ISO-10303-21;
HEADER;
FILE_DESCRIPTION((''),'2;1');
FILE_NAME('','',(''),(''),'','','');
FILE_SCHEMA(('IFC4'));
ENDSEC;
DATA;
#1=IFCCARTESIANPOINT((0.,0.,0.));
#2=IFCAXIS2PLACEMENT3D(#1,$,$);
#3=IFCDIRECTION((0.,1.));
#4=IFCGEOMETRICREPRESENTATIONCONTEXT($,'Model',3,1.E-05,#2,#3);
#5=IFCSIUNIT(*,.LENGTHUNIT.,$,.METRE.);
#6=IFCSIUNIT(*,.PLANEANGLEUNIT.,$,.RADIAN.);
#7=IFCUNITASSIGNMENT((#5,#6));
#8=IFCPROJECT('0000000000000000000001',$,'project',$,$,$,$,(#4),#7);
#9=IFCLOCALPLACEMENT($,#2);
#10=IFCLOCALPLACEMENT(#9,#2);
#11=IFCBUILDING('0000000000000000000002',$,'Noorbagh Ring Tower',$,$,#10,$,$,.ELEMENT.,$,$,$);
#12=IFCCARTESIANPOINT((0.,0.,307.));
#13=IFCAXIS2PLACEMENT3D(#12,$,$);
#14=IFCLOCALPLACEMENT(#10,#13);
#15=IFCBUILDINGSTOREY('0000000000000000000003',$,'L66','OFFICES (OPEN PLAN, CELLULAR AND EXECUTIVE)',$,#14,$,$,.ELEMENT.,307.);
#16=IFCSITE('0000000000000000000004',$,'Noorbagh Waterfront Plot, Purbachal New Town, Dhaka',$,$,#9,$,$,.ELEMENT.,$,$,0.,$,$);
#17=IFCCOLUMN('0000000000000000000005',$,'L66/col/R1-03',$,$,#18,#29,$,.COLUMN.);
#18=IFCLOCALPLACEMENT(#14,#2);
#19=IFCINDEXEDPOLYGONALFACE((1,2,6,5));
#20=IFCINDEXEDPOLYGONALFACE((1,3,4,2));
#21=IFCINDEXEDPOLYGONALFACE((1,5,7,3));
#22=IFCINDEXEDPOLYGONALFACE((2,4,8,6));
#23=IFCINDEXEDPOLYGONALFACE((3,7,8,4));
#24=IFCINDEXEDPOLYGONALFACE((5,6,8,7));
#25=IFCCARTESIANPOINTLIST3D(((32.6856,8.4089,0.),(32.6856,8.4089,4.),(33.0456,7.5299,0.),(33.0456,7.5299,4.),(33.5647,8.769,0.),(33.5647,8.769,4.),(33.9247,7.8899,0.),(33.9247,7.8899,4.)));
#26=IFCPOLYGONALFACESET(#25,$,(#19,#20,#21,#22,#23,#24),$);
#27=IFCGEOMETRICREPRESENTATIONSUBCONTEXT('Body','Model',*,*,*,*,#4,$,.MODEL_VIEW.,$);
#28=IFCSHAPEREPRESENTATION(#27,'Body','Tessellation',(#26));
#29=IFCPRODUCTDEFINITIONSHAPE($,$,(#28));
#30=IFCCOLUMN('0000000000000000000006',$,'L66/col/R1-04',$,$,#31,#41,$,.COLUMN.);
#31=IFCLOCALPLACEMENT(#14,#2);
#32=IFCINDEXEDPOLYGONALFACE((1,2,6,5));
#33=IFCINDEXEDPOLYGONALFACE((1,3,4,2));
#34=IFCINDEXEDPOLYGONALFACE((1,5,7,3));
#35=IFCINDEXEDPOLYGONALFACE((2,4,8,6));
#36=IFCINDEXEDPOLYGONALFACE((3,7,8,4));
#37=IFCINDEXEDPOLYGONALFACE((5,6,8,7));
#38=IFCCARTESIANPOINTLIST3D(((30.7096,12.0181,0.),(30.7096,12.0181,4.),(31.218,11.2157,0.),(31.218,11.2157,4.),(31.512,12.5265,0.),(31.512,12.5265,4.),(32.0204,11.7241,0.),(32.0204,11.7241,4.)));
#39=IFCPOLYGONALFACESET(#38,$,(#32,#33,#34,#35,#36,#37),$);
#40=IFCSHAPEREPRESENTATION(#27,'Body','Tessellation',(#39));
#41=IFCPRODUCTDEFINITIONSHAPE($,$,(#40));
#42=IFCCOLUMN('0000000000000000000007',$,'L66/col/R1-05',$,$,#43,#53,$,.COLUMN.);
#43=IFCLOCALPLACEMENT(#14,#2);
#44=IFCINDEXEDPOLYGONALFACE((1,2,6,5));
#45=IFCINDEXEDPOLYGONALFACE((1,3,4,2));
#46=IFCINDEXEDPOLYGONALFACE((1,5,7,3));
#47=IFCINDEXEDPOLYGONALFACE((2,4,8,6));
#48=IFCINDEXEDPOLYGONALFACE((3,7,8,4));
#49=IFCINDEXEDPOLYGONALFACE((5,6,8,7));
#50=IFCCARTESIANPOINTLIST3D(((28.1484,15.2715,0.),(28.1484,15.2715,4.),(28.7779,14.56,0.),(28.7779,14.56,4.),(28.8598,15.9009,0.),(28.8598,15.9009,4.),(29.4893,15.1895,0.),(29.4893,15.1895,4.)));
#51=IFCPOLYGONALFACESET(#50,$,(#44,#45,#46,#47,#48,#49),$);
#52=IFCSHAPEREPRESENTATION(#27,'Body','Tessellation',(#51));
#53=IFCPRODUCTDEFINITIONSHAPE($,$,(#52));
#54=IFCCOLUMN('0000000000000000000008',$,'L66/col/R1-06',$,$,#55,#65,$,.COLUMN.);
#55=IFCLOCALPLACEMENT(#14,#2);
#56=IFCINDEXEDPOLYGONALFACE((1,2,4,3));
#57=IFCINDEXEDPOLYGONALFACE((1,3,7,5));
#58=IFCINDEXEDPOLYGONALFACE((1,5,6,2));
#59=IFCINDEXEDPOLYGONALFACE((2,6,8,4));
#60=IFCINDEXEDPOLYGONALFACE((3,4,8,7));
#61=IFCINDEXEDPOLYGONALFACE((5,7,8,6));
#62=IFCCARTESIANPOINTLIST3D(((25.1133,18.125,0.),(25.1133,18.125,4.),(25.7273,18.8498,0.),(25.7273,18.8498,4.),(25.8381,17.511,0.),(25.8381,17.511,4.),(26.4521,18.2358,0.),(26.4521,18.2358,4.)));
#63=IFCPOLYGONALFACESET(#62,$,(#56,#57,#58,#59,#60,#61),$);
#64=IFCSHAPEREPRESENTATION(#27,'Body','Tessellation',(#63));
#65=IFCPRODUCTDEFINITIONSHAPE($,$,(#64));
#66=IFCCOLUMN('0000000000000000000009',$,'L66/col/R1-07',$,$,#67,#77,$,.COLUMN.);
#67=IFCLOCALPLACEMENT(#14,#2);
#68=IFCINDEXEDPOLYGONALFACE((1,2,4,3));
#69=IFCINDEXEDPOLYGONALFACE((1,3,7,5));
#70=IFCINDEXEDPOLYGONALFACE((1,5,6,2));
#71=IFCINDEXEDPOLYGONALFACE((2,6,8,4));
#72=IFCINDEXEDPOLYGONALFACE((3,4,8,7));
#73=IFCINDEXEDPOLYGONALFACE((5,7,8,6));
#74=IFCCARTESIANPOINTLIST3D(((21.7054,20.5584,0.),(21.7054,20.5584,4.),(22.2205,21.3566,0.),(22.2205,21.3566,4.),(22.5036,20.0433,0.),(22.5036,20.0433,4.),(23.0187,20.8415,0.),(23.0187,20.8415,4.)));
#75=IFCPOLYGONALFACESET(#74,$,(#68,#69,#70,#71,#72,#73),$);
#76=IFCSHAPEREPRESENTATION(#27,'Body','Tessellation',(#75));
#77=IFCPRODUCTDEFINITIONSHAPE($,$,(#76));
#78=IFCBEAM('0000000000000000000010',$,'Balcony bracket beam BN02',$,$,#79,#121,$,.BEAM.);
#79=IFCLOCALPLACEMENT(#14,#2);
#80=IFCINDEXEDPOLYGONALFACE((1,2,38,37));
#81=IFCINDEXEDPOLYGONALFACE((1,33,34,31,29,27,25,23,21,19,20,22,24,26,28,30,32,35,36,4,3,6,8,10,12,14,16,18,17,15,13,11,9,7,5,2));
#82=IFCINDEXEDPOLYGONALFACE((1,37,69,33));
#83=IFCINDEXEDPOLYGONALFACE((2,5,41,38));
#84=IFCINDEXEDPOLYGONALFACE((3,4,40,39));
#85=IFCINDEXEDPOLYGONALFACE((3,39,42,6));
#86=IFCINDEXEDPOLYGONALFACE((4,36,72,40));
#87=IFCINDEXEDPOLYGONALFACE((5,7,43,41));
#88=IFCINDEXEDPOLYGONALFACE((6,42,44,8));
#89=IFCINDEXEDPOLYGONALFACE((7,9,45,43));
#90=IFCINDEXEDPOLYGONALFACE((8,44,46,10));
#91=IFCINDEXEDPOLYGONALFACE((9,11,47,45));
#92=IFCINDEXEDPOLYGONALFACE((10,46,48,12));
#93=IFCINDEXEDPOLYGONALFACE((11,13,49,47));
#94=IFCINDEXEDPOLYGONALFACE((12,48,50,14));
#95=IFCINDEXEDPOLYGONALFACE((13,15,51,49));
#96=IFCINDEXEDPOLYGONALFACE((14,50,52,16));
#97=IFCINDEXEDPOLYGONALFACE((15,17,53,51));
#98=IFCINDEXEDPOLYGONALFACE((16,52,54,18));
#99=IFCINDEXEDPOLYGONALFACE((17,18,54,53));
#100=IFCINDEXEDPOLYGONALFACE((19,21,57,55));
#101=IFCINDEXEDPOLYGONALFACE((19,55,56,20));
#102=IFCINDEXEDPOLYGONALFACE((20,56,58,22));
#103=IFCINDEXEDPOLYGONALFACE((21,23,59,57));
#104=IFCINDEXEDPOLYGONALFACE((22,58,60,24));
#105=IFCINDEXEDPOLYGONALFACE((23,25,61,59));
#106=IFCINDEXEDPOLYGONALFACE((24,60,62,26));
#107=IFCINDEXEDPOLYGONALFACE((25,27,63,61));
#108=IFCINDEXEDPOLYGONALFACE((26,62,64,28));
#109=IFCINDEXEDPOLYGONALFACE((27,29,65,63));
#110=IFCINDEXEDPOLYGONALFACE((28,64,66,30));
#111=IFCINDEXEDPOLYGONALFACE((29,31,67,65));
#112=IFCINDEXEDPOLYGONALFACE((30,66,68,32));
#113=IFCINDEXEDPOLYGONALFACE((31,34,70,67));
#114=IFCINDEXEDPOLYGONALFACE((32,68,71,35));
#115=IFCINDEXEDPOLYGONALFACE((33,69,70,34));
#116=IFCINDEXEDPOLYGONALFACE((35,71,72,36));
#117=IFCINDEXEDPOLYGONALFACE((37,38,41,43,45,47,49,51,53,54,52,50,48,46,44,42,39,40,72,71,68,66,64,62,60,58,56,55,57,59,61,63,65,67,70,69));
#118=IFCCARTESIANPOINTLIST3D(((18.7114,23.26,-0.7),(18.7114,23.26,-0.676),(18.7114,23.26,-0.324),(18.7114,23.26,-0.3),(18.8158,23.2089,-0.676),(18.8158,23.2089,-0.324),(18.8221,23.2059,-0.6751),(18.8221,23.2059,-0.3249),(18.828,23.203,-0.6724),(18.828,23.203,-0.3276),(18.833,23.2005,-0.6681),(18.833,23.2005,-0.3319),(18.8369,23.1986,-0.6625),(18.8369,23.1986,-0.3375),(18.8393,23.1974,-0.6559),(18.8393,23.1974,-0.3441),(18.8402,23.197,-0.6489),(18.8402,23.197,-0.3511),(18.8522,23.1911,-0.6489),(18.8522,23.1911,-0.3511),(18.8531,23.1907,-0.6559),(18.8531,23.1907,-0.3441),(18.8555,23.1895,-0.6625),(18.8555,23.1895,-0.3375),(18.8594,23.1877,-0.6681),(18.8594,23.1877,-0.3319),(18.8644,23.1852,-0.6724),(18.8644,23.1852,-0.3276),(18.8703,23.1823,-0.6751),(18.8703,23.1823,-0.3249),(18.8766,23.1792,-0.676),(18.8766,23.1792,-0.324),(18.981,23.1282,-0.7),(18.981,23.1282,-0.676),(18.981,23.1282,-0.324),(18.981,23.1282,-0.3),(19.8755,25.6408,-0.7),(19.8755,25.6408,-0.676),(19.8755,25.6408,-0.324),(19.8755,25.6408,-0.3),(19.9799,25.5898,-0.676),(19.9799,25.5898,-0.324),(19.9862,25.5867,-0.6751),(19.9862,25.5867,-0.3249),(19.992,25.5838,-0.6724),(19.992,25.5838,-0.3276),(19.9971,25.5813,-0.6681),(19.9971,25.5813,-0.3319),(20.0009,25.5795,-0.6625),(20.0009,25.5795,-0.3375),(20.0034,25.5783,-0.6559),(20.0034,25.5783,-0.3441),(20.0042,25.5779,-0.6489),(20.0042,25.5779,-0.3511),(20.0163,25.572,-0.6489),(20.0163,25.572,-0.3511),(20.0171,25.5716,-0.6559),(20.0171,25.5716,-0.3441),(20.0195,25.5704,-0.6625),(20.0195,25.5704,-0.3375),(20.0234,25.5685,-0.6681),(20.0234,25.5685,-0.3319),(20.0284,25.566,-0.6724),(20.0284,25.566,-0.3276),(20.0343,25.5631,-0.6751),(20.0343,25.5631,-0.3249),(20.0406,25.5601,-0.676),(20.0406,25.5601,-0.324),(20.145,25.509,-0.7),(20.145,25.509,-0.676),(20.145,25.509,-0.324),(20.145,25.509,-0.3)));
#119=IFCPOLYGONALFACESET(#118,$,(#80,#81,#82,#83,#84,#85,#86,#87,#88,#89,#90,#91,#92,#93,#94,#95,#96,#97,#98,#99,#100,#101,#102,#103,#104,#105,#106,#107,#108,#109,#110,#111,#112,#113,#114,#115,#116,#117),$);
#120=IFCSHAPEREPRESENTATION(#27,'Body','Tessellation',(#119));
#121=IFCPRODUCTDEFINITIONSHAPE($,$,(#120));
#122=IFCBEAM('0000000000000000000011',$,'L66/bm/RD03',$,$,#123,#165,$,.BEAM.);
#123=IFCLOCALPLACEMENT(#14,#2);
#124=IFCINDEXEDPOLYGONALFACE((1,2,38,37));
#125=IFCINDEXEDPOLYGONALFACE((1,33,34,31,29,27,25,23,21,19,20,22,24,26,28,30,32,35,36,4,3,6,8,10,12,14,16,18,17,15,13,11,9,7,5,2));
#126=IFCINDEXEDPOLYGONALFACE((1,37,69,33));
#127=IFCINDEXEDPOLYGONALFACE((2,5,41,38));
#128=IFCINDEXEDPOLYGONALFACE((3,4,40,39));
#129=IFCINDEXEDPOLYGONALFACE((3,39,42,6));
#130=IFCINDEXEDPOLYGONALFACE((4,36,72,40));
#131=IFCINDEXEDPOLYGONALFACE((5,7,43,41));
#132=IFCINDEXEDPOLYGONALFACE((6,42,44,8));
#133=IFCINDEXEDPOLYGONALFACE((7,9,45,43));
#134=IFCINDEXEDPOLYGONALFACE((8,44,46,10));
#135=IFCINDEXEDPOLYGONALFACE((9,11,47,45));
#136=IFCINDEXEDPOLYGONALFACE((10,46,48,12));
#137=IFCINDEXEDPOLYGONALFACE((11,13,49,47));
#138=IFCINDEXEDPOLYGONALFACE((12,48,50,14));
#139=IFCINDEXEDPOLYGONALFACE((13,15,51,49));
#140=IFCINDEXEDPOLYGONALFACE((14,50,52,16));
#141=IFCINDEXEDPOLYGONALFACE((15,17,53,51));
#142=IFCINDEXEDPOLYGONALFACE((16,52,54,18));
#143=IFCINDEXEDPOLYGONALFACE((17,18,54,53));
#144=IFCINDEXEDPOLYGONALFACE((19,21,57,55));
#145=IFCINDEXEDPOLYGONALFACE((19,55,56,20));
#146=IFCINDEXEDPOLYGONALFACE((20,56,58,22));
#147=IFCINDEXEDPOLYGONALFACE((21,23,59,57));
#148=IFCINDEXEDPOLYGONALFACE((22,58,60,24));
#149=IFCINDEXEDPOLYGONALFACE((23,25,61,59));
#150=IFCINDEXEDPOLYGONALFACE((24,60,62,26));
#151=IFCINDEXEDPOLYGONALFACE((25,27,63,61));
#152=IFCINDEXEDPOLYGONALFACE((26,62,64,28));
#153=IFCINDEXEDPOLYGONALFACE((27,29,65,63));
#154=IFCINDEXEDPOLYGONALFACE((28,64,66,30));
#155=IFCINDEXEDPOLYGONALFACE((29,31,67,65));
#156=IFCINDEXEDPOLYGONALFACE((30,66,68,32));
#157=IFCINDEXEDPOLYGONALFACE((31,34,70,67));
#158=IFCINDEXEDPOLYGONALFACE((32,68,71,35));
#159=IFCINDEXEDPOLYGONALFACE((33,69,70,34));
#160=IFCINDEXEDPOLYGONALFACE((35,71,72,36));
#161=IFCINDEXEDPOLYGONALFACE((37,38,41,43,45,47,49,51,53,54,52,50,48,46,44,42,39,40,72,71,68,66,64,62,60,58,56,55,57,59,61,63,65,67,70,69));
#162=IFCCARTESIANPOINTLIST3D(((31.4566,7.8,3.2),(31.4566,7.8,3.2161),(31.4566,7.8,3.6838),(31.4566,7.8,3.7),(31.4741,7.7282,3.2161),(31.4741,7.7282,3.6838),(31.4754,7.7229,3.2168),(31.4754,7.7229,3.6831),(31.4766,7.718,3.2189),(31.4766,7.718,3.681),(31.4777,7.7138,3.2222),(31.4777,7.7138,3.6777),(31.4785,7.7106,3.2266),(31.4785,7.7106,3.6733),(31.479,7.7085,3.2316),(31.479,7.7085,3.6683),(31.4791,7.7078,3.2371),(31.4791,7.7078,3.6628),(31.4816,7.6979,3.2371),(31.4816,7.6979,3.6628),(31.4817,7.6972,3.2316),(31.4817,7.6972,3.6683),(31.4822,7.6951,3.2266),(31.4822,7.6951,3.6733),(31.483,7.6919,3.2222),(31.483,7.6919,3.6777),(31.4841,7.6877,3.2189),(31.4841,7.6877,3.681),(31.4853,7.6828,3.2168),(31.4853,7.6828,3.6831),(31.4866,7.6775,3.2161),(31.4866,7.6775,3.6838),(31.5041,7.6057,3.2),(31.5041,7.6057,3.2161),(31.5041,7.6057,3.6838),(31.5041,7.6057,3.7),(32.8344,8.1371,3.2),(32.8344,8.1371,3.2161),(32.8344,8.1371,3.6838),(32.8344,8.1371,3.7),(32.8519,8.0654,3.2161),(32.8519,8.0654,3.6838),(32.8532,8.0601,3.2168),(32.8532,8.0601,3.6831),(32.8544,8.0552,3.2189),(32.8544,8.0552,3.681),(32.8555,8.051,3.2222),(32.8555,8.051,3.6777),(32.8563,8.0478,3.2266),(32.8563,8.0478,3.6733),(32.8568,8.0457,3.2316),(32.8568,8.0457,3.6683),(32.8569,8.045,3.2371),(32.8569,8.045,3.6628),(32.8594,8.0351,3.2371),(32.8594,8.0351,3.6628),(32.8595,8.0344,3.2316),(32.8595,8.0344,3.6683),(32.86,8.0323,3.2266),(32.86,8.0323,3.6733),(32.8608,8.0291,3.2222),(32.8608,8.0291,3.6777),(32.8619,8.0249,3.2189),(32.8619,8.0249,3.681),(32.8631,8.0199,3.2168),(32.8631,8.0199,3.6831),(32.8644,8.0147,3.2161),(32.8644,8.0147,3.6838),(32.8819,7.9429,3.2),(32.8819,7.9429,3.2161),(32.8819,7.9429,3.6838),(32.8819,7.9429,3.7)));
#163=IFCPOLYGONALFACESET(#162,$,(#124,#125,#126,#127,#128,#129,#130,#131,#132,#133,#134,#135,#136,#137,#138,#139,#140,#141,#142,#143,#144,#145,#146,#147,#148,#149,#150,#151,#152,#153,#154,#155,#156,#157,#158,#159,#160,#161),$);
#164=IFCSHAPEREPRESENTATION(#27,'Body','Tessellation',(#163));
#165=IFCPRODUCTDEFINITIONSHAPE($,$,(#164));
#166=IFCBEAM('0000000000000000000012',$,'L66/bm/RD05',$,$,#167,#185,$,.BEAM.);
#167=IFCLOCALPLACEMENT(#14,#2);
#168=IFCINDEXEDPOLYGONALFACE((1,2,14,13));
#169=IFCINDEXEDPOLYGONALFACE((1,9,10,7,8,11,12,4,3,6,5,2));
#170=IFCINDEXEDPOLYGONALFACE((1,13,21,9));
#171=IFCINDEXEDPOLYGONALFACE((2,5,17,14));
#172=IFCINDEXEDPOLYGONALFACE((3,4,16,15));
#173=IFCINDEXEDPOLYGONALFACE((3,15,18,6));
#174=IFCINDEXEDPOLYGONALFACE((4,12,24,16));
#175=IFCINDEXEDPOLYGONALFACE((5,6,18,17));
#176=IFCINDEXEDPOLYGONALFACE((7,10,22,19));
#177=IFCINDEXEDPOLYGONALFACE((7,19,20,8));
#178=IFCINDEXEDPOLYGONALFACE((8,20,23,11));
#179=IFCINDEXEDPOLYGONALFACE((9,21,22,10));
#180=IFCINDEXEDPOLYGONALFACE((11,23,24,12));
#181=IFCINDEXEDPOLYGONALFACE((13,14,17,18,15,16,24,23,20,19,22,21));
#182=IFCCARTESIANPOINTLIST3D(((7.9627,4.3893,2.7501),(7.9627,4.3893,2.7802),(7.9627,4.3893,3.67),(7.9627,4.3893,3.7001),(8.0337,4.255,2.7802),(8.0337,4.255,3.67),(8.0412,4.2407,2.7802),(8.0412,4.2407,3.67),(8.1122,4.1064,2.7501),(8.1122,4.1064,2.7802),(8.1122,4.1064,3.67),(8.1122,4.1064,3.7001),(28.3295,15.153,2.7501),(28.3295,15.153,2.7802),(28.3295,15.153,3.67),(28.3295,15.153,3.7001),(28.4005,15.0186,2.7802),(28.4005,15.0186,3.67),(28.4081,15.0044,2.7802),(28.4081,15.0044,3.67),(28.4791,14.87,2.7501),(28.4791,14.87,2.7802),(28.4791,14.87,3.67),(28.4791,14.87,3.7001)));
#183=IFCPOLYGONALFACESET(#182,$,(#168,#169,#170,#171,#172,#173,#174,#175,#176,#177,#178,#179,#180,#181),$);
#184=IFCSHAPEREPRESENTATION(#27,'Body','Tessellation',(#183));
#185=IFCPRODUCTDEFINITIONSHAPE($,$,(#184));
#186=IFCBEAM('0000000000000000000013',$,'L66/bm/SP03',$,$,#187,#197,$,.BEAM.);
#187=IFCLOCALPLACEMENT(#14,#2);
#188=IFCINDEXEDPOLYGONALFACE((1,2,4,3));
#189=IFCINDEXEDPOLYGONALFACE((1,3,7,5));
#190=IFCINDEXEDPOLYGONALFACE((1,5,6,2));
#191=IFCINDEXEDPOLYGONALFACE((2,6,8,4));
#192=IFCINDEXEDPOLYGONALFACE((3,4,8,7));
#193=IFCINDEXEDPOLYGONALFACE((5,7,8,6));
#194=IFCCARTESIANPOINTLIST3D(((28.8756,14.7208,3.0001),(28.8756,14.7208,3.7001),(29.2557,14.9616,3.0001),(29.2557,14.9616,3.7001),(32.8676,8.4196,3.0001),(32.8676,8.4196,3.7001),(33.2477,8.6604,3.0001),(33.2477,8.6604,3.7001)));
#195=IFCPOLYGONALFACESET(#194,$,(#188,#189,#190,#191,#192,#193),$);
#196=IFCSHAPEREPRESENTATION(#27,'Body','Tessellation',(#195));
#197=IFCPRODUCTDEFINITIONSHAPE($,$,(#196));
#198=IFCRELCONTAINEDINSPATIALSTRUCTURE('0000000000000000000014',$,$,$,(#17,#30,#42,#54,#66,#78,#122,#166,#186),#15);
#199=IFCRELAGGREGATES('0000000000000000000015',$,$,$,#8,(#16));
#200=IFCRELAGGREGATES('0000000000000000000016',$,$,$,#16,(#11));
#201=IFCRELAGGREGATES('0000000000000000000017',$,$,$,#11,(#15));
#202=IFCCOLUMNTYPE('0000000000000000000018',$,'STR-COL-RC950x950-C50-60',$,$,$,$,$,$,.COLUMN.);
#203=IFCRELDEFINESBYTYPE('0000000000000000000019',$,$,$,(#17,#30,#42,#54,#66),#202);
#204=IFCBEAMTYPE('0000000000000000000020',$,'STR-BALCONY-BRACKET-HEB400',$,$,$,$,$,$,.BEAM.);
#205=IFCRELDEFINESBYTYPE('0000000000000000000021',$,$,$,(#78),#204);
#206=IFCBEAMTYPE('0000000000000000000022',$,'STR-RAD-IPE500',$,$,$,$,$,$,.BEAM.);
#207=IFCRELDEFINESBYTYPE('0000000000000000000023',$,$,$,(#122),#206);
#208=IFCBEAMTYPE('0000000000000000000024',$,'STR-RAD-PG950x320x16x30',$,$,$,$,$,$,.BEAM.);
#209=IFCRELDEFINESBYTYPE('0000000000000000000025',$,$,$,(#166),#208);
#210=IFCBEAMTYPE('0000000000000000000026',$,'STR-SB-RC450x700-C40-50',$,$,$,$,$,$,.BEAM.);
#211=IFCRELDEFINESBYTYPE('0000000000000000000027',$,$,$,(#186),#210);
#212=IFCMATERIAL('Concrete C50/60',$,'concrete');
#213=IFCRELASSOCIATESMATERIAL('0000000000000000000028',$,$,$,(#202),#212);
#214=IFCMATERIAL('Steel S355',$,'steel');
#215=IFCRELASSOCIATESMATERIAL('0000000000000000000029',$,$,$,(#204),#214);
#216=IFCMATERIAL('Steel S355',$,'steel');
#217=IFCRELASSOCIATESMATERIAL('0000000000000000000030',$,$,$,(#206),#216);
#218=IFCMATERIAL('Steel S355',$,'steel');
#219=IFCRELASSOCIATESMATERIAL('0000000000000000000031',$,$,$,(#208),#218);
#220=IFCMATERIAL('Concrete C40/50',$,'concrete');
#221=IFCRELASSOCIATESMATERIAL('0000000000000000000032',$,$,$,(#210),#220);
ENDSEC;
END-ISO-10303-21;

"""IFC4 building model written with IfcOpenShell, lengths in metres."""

from ifc_helpers import new_model, si_unit, direction, frame, origin, origin_2d, place, context, subcontext, project, spatial, rectangle, i_section, extrude, material, material_profile, profile_set, type_object, element, save


model = new_model("IFC4")

# Units and contexts
model_context = context("Model", 3, precision=1e-05, world=origin(), true_north=direction((0.0, 1.0)))
body_context = subcontext(model_context, "Body", "Model", "MODEL_VIEW")
ifc_project = project(units=[si_unit("LENGTHUNIT", "METRE"), si_unit("PLANEANGLEUNIT", "RADIAN")], contexts=[model_context])

# Site, building, storey
site_placement = place(None, origin())
site = spatial("IfcSite", under=ifc_project, at=site_placement, Name="Noorbagh Waterfront Plot, Purbachal New Town, Dhaka", CompositionType="ELEMENT", RefElevation=0.0)
building_placement = place(site_placement, origin())
building = spatial("IfcBuilding", under=site, at=building_placement, Name="Noorbagh Ring Tower", CompositionType="ELEMENT")
storey_placement = place(building_placement, frame((0.0, 0.0, 307.0)))
storey = spatial("IfcBuildingStorey", under=building, at=storey_placement, Name="L66", Description="OFFICES (OPEN PLAN, CELLULAR AND EXECUTIVE)", CompositionType="ELEMENT", Elevation=307.0)

# Columns
ifc_material_1 = material(Name="Concrete C50/60", Category="concrete")
ifc_material_profile_1 = material_profile(ifc_material_1, rectangle(XDim=0.95, YDim=0.95, at=origin_2d()), Name="RC950x950")
ifc_profile_set_1 = profile_set([ifc_material_profile_1], Name="Concrete C50/60")
column_type = type_object("IfcColumnType", Name="STR-COL-RC950x950-C50-60", PredefinedType="COLUMN", material=ifc_profile_set_1)
for number, where, z_axis, x_axis, name in (
    (1, (33.3052, 8.1494, 0.0), (0.0, 0.0, 1.0), (-0.378989, 0.925401, 0.0), "L66/col/R1-03"),
    (2, (31.365, 11.8711, 0.0), (0.0, 0.0, 1.0), (-0.53519, 0.844731, 0.0), "L66/col/R1-04"),
    (3, (28.8188, 15.2305, 0.0), (0.0, 0.0, 1.0), (-0.662636, 0.748942, 0.0), "L66/col/R1-05"),
    (4, (25.7827, 18.1804, 0.0), (0.0, 0.0, 1.0), (-0.763035, 0.646357, 0.0), "L66/col/R1-06"),
    (5, (22.3621, 20.7, 0.0), (0.0, 0.0, 1.0), (-0.840248, 0.542203, 0.0), "L66/col/R1-07"),
):
    element("IfcColumn", number, at=place(storey_placement, frame(where, z_axis=z_axis, x_axis=x_axis)), inside=storey, type_object=column_type, Name=name, PredefinedType="COLUMN", context=body_context, shape_type="SweptSolid", body=[
        extrude(rectangle(XDim=0.95, YDim=0.95, at=origin_2d()), origin(), (0.0, 0.0, 1.0), 4.0),
    ])

# Beams
ifc_material_2 = material(Name="Steel S355", Category="steel")
ifc_material_profile_2 = material_profile(ifc_material_2, i_section(OverallWidth=0.3, OverallDepth=0.3999, WebThickness=0.0134, FlangeThickness=0.0239, FilletRadius=0.0271, at=origin_2d()), Name="HEB400")
ifc_profile_set_2 = profile_set([ifc_material_profile_2], Name="Steel S355")
beam_type_1 = type_object("IfcBeamType", Name="STR-BALCONY-BRACKET-HEB400", PredefinedType="BEAM", material=ifc_profile_set_2)
beam_1_placement = place(storey_placement, frame((18.8462, 23.1941, -0.5), z_axis=(0.439237, 0.898371, 0.0), x_axis=(-0.898371, 0.439237, 0.0)))
element("IfcBeam", 6, at=beam_1_placement, inside=storey, type_object=beam_type_1, Name="Balcony bracket beam BN02", PredefinedType="BEAM", context=body_context, shape_type="SweptSolid", body=[
    extrude(i_section(OverallWidth=0.3, OverallDepth=0.3999, WebThickness=0.0134, FlangeThickness=0.0239, FilletRadius=0.0271, at=origin_2d()), origin(), (0.0, 0.0, 1.0), 2.6501),
])
ifc_material_3 = material(Name="Steel S355", Category="steel")
ifc_material_profile_3 = material_profile(ifc_material_3, i_section(OverallWidth=0.2, OverallDepth=0.5, WebThickness=0.0103, FlangeThickness=0.0161, FilletRadius=0.021, at=origin_2d()), Name="IPE500")
ifc_profile_set_3 = profile_set([ifc_material_profile_3], Name="Steel S355")
beam_type_2 = type_object("IfcBeamType", Name="STR-RAD-IPE500", PredefinedType="BEAM", material=ifc_profile_set_3)
beam_2_placement = place(storey_placement, frame((32.8582, 8.04, 3.45), z_axis=(-0.971335, -0.237713, 0.0), x_axis=(0.237713, -0.971335, 0.0)))
element("IfcBeam", 7, at=beam_2_placement, inside=storey, type_object=beam_type_2, Name="L66/bm/RD03", PredefinedType="BEAM", context=body_context, shape_type="SweptSolid", body=[
    extrude(i_section(OverallWidth=0.2, OverallDepth=0.5, WebThickness=0.0103, FlangeThickness=0.0161, FilletRadius=0.021, at=origin_2d()), origin(), (0.0, 0.0, 1.0), 1.4185),
])
ifc_material_4 = material(Name="Steel S355", Category="steel")
ifc_material_profile_4 = material_profile(ifc_material_4, i_section(OverallWidth=0.3201, OverallDepth=0.95, WebThickness=0.0161, FlangeThickness=0.03, at=origin_2d()), Name="PG950x320x16x30")
ifc_profile_set_4 = profile_set([ifc_material_profile_4], Name="Steel S355")
beam_type_3 = type_object("IfcBeamType", Name="STR-RAD-PG950x320x16x30", PredefinedType="BEAM", material=ifc_profile_set_4)
beam_3_placement = place(storey_placement, frame((28.4043, 15.0115, 3.2251), z_axis=(-0.884126, -0.467249, 0.0), x_axis=(0.467249, -0.884126, 0.0)))
element("IfcBeam", 8, at=beam_3_placement, inside=storey, type_object=beam_type_3, Name="L66/bm/RD05", PredefinedType="BEAM", context=body_context, shape_type="SweptSolid", body=[
    extrude(i_section(OverallWidth=0.3201, OverallDepth=0.95, WebThickness=0.0161, FlangeThickness=0.03, at=origin_2d()), origin(), (0.0, 0.0, 1.0), 23.0361),
])
ifc_material_5 = material(Name="Concrete C40/50", Category="concrete")
ifc_material_profile_5 = material_profile(ifc_material_5, rectangle(XDim=0.45, YDim=0.7, at=origin_2d()), Name="RC450x700")
ifc_profile_set_5 = profile_set([ifc_material_profile_5], Name="Concrete C40/50")
beam_type_4 = type_object("IfcBeamType", Name="STR-SB-RC450x700-C40-50", PredefinedType="BEAM", material=ifc_profile_set_5)
beam_4_placement = place(storey_placement, frame((33.0576, 8.54, 3.3501), z_axis=(-0.535176, 0.844741, 0.0), x_axis=(-0.844741, -0.535176, 0.0)))
element("IfcBeam", 9, at=beam_4_placement, inside=storey, type_object=beam_type_4, Name="L66/bm/SP03", PredefinedType="BEAM", context=body_context, shape_type="SweptSolid", body=[
    extrude(rectangle(XDim=0.45, YDim=0.7, at=origin_2d()), origin(), (0.0, 0.0, 1.0), 7.4592),
])

save(model, "model.ifc")
